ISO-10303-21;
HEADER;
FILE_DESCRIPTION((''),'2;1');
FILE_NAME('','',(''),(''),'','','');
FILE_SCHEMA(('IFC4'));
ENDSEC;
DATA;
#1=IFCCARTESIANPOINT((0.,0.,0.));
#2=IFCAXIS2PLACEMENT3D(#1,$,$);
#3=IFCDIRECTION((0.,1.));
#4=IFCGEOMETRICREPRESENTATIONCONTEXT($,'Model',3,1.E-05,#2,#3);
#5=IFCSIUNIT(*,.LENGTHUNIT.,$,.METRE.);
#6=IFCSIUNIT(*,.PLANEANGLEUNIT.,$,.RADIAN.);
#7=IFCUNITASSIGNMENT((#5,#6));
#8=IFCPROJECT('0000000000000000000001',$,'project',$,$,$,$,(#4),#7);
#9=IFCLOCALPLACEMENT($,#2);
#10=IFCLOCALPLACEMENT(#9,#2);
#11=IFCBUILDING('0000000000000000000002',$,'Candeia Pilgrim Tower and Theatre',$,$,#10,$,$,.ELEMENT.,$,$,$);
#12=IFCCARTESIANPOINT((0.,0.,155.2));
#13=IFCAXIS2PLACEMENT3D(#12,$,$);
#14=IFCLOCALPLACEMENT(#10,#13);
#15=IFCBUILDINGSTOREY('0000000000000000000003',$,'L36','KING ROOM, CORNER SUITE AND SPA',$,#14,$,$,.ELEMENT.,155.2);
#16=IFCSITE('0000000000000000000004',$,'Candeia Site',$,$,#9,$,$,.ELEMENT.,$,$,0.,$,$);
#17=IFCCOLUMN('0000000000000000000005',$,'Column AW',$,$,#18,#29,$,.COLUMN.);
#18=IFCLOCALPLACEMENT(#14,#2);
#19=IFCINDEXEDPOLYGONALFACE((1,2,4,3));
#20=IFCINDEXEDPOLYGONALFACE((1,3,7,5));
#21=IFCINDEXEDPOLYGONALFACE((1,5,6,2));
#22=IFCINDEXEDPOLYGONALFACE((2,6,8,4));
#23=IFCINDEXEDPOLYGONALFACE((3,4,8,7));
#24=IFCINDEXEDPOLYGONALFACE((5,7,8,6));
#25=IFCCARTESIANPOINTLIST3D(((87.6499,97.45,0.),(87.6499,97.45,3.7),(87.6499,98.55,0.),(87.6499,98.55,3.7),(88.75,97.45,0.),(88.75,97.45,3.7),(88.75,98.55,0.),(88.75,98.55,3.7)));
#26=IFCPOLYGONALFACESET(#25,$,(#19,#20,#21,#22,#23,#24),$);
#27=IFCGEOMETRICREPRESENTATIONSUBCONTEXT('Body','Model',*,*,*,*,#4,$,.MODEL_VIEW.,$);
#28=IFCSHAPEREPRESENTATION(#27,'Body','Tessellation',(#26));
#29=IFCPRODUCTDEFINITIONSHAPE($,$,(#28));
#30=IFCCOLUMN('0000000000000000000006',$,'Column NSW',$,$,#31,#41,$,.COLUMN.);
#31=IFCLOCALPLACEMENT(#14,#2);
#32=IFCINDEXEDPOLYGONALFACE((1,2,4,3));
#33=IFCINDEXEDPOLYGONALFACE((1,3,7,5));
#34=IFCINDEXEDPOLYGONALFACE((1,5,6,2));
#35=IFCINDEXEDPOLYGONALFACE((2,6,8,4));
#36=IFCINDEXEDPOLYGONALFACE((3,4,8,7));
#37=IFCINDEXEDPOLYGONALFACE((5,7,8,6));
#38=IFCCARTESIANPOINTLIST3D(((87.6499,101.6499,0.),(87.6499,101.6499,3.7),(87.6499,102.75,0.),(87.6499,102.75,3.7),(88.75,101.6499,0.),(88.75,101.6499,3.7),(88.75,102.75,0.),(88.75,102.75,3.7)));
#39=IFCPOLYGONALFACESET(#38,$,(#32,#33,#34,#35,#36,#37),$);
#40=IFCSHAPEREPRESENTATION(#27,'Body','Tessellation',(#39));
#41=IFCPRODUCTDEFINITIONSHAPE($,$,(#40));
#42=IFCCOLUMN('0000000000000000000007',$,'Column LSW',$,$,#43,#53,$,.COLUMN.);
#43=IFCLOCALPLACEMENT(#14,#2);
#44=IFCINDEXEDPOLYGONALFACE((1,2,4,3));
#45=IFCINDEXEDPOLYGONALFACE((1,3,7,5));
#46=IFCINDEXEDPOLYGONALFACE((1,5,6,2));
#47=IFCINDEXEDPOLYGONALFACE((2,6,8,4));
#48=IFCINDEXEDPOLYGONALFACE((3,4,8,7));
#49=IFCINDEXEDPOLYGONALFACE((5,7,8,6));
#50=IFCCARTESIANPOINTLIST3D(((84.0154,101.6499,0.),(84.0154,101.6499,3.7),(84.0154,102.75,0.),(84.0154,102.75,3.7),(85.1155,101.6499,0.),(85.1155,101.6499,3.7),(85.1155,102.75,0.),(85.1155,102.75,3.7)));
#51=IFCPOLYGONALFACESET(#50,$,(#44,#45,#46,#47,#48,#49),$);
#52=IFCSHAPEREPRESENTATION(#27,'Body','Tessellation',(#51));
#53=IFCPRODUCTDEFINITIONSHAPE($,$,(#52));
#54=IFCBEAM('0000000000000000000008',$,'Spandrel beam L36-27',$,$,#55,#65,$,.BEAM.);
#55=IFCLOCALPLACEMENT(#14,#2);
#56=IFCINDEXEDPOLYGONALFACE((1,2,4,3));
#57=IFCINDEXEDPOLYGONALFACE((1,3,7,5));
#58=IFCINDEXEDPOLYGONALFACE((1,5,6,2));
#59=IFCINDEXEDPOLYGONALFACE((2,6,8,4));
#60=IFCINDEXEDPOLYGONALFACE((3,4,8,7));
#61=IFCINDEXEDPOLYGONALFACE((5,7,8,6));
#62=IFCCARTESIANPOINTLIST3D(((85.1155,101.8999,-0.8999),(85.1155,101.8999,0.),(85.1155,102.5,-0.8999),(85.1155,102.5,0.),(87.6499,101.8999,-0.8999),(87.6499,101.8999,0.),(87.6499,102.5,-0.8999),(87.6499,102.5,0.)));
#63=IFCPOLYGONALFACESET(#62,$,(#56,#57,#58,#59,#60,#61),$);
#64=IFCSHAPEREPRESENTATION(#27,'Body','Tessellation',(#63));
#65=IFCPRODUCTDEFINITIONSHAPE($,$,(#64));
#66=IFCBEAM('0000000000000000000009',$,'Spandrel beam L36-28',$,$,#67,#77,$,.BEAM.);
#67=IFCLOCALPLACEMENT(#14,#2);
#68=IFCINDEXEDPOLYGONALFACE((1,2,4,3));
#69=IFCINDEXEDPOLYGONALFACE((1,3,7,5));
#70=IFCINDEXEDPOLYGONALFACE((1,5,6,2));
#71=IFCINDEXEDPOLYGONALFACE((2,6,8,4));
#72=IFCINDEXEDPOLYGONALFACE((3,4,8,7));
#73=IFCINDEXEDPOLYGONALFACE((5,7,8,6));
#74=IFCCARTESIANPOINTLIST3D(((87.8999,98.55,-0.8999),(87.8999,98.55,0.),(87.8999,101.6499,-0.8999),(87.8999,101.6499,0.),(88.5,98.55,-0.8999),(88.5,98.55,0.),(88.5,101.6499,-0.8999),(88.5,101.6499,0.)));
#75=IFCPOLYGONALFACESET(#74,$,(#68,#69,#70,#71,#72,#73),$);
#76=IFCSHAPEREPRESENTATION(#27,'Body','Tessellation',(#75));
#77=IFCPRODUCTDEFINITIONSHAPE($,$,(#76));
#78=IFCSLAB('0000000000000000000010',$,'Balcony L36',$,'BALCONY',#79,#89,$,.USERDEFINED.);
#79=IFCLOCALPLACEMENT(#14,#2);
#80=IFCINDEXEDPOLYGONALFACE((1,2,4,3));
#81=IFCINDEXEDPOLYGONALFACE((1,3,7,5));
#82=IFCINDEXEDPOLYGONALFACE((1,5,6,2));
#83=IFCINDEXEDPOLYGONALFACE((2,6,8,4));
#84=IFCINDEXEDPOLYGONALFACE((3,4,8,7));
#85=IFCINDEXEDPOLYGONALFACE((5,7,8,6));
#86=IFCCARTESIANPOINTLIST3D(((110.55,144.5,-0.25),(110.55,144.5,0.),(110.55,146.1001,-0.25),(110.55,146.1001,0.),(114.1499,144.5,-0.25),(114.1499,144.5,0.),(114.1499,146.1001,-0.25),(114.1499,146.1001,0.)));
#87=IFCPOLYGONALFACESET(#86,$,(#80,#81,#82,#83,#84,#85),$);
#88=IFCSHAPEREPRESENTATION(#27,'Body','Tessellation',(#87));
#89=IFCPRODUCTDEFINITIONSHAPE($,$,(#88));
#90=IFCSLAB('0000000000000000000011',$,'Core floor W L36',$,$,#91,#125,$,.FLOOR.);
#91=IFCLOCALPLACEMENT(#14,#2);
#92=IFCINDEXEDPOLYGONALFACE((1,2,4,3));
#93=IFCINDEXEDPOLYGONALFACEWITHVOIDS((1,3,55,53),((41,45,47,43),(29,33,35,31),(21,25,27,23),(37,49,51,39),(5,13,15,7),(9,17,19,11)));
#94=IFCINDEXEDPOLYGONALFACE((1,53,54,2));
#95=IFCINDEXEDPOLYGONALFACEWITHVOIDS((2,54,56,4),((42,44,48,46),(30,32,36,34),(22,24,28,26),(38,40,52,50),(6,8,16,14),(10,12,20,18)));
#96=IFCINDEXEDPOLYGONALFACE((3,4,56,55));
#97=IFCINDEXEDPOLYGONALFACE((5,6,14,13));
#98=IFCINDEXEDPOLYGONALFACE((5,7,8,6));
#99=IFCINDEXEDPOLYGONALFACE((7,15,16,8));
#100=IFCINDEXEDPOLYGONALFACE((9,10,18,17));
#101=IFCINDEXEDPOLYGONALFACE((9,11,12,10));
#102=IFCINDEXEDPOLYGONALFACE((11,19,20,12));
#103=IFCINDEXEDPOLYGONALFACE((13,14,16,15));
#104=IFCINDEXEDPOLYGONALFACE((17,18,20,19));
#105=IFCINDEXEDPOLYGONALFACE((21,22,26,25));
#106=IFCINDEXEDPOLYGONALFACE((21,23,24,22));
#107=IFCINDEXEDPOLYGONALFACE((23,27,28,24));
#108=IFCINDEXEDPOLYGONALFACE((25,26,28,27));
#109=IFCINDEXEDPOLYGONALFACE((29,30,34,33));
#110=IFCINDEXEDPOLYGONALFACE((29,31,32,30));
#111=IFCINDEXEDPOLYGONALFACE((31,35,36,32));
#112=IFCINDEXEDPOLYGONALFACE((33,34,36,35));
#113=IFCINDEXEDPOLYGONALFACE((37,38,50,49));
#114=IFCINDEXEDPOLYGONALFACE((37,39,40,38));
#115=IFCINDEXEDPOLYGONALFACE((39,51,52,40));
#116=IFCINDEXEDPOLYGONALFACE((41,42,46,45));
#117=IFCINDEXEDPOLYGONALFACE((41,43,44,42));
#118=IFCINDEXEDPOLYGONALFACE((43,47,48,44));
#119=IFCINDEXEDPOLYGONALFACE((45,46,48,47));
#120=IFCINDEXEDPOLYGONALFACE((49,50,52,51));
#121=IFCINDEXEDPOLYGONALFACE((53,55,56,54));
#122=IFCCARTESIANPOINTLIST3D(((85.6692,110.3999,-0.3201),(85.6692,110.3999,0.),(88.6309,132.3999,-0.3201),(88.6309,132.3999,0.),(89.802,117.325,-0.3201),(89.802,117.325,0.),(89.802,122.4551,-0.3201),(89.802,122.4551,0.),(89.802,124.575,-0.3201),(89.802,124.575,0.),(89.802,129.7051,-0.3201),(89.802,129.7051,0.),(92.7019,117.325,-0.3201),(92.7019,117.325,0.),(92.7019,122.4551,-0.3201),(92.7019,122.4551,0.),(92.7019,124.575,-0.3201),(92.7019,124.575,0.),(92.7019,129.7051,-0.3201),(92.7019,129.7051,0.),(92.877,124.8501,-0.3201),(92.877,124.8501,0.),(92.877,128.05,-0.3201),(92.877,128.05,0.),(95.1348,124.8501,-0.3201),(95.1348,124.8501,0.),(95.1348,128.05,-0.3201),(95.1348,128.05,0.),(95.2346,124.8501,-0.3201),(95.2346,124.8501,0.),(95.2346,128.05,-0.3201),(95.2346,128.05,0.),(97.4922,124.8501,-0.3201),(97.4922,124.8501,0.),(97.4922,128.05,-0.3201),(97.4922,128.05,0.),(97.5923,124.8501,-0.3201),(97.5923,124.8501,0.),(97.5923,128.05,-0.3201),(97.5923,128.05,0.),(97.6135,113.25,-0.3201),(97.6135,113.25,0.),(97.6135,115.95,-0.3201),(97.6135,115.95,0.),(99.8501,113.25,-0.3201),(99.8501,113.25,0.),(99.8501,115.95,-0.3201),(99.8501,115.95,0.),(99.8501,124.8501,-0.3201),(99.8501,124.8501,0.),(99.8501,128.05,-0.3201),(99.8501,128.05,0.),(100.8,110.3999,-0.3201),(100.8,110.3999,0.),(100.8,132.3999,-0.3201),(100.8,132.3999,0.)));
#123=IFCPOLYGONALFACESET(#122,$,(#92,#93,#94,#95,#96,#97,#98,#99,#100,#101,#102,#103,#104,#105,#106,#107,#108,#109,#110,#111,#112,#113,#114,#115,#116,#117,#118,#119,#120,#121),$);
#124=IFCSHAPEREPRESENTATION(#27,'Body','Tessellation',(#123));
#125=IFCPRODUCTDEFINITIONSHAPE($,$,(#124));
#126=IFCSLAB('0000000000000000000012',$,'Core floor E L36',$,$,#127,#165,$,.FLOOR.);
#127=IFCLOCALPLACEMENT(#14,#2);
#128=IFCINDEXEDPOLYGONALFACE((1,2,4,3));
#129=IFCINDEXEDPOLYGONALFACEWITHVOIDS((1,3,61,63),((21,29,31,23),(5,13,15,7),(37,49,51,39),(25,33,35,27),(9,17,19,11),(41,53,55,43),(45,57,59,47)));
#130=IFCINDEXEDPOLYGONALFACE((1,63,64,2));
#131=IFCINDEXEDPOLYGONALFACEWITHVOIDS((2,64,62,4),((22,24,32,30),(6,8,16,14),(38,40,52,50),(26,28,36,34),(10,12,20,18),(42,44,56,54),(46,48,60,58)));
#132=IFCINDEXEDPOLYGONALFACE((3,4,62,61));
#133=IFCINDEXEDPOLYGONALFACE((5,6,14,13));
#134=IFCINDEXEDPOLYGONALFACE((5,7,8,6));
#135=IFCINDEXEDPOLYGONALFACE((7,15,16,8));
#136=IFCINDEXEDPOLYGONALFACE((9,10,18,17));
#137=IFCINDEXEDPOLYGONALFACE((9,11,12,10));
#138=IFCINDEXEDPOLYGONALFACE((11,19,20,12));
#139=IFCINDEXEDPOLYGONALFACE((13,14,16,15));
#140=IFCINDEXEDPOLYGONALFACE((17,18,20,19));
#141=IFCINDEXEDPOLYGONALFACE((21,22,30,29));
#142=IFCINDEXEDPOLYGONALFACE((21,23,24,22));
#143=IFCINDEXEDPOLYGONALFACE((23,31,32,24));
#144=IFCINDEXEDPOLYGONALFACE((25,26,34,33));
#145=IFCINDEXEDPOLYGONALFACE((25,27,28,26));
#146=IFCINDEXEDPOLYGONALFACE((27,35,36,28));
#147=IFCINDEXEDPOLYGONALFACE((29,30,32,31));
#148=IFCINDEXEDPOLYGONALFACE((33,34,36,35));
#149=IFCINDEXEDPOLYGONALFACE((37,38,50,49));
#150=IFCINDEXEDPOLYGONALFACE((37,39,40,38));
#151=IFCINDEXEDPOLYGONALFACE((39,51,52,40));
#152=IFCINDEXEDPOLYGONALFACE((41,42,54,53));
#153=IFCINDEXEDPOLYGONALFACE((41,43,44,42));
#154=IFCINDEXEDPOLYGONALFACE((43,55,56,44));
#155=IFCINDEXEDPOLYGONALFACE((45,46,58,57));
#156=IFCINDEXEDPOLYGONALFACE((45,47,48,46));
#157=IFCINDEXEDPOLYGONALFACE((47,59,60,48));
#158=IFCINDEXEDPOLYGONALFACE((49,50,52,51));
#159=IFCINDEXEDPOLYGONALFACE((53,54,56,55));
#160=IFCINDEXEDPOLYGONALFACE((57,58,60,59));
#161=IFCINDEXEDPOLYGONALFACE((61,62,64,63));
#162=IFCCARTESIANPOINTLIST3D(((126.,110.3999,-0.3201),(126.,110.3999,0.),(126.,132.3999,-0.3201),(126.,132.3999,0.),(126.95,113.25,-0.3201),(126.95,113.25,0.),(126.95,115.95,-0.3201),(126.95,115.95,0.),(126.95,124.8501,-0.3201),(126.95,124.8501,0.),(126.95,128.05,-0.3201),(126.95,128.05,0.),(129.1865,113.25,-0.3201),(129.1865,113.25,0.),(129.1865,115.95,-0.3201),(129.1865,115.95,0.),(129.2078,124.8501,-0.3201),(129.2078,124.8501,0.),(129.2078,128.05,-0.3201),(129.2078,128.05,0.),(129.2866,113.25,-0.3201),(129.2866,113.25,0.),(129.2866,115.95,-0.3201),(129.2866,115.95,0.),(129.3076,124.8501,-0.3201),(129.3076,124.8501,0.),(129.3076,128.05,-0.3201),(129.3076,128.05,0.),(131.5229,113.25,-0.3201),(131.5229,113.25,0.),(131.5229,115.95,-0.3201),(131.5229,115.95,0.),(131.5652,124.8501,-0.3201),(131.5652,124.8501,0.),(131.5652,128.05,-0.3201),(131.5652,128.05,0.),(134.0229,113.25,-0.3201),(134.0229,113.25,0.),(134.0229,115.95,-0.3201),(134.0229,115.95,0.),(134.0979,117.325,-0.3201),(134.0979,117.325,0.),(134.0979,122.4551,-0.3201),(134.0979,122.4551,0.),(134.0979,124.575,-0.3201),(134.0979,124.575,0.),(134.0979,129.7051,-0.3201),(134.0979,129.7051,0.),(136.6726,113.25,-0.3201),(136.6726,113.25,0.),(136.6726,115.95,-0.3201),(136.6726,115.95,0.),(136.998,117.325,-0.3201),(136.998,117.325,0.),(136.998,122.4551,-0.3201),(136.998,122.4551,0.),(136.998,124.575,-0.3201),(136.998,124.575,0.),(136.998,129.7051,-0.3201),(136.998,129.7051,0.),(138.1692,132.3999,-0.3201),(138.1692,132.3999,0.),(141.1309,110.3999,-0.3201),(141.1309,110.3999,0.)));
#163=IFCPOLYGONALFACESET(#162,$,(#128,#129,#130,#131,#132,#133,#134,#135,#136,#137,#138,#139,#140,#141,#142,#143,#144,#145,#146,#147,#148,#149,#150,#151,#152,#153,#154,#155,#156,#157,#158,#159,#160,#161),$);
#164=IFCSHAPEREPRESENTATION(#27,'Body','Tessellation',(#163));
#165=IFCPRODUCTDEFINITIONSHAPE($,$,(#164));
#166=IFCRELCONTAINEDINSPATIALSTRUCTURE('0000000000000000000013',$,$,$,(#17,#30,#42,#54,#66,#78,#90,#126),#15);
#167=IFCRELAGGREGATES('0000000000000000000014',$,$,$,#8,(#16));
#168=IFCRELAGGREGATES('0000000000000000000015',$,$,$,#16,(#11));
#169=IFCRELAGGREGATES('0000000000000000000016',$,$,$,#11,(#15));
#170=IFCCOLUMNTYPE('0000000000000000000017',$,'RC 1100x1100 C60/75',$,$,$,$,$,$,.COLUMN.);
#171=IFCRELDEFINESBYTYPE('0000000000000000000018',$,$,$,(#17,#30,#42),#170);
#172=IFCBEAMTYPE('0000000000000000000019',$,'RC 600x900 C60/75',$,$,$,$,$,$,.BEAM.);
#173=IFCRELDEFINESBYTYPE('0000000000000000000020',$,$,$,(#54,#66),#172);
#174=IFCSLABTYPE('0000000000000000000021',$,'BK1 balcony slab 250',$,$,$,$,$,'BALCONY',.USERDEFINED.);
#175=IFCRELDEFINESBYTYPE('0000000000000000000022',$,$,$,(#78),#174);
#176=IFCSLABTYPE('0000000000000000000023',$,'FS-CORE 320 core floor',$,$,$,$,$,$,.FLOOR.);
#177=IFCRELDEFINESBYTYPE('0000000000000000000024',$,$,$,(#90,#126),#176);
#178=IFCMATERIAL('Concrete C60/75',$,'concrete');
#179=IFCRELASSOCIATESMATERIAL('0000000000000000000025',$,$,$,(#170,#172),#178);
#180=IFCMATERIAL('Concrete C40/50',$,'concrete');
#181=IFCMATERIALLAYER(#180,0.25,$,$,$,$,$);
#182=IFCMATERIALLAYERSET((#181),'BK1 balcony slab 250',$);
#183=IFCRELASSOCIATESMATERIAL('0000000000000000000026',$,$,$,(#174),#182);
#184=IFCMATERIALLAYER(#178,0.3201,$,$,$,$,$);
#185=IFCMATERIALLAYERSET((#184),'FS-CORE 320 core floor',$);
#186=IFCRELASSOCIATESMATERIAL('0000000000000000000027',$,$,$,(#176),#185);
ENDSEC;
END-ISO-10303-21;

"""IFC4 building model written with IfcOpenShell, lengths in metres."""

from ifc_helpers import new_model, si_unit, direction, frame, origin, origin_2d, place, context, subcontext, project, spatial, polyline, rectangle, outline, extrude, material, layer, layer_set, material_profile, profile_set, type_object, element, save


model = new_model("IFC4")

# Units and contexts
model_context = context("Model", 3, precision=1e-05, world=origin(), true_north=direction((0.0, 1.0)))
body_context = subcontext(model_context, "Body", "Model", "MODEL_VIEW")
ifc_project = project(units=[si_unit("LENGTHUNIT", "METRE"), si_unit("PLANEANGLEUNIT", "RADIAN")], contexts=[model_context])

# Site, building, storey
site_placement = place(None, origin())
site = spatial("IfcSite", under=ifc_project, at=site_placement, Name="Candeia Site", CompositionType="ELEMENT", RefElevation=0.0)
building_placement = place(site_placement, origin())
building = spatial("IfcBuilding", under=site, at=building_placement, Name="Candeia Pilgrim Tower and Theatre", CompositionType="ELEMENT")
storey_placement = place(building_placement, frame((0.0, 0.0, 155.2)))
storey = spatial("IfcBuildingStorey", under=building, at=storey_placement, Name="L36", Description="KING ROOM, CORNER SUITE AND SPA", CompositionType="ELEMENT", Elevation=155.2)

# Columns
ifc_material_1 = material(Name="Concrete C60/75", Category="concrete")
ifc_material_profile_1 = material_profile(ifc_material_1, rectangle(XDim=1.1001, YDim=1.1001, at=origin_2d()))
ifc_profile_set_1 = profile_set([ifc_material_profile_1], Name="Concrete C60/75")
column_type = type_object("IfcColumnType", Name="RC 1100x1100 C60/75", PredefinedType="COLUMN", material=ifc_profile_set_1)
for number, where, z_axis, x_axis, name in (
    (1, (88.2, 98.0, 0.0), (0.0, 0.0, 1.0), (1.0, 0.0, 0.0), "Column AW"),
    (2, (88.2, 102.2, 0.0), (0.0, 0.0, 1.0), (1.0, 0.0, 0.0), "Column NSW"),
    (3, (84.5654, 102.2, 0.0), (0.0, 0.0, 1.0), (1.0, 0.0, 0.0), "Column LSW"),
):
    element("IfcColumn", number, at=place(storey_placement, frame(where, z_axis=z_axis, x_axis=x_axis)), inside=storey, type_object=column_type, Name=name, PredefinedType="COLUMN", context=body_context, shape_type="SweptSolid", body=[
        extrude(rectangle(XDim=1.1001, YDim=1.1001, at=origin_2d()), origin(), (0.0, 0.0, 1.0), 3.7),
    ])

# Beams
ifc_material_profile_2 = material_profile(ifc_material_1, rectangle(XDim=0.6001, YDim=0.8999, at=origin_2d()))
ifc_profile_set_2 = profile_set([ifc_material_profile_2], Name="Concrete C60/75")
beam_type = type_object("IfcBeamType", Name="RC 600x900 C60/75", PredefinedType="BEAM", material=ifc_profile_set_2)
beam_1_placement = place(storey_placement, frame((85.1155, 102.2, -0.45), z_axis=(1.0, 0.0, 0.0), x_axis=(0.0, 1.0, 0.0)))
element("IfcBeam", 4, at=beam_1_placement, inside=storey, type_object=beam_type, Name="Spandrel beam L36-27", PredefinedType="BEAM", context=body_context, shape_type="SweptSolid", body=[
    extrude(rectangle(XDim=0.6001, YDim=0.8999, at=origin_2d()), origin(), (0.0, 0.0, 1.0), 2.5344),
])
beam_2_placement = place(storey_placement, frame((88.2, 101.6499, -0.45), z_axis=(0.0, -1.0, 0.0), x_axis=(1.0, 0.0, 0.0)))
element("IfcBeam", 5, at=beam_2_placement, inside=storey, type_object=beam_type, Name="Spandrel beam L36-28", PredefinedType="BEAM", context=body_context, shape_type="SweptSolid", body=[
    extrude(rectangle(XDim=0.6001, YDim=0.8999, at=origin_2d()), origin(), (0.0, 0.0, 1.0), 3.0999),
])

# Slabs
ifc_material_2 = material(Name="Concrete C40/50", Category="concrete")
ifc_layer_1 = layer(ifc_material_2, 0.25)
ifc_layer_set_1 = layer_set([ifc_layer_1], Name="BK1 balcony slab 250")
slab_type_1 = type_object("IfcSlabType", Name="BK1 balcony slab 250", ElementType="BALCONY", PredefinedType="USERDEFINED", material=ifc_layer_set_1)
slab_1_placement = place(storey_placement, frame((0.0, 0.0, -0.25)))
element("IfcSlab", 6, at=slab_1_placement, inside=storey, type_object=slab_type_1, Name="Balcony L36", ObjectType="BALCONY", PredefinedType="USERDEFINED", context=body_context, shape_type="SweptSolid", body=[
    extrude(outline(polyline([(110.55, 144.5), (114.1499, 144.5), (114.1499, 146.1001), (110.55, 146.1001), (110.55, 144.5)])), origin(), (0.0, 0.0, 1.0), 0.25),
])
ifc_layer_2 = layer(ifc_material_1, 0.3201)
ifc_layer_set_2 = layer_set([ifc_layer_2], Name="FS-CORE 320 core floor")
slab_type_2 = type_object("IfcSlabType", Name="FS-CORE 320 core floor", PredefinedType="FLOOR", material=ifc_layer_set_2)
slab_2_placement = place(storey_placement, frame((0.0, 0.0, -0.3201)))
element("IfcSlab", 7, at=slab_2_placement, inside=storey, type_object=slab_type_2, Name="Core floor W L36", PredefinedType="FLOOR", context=body_context, shape_type="SweptSolid", body=[
    extrude(outline(polyline([(100.8, 132.3999), (100.8, 110.3999), (85.6692, 110.3999), (88.6309, 132.3999), (100.8, 132.3999)]), holes=[polyline([(97.5923, 128.05), (97.5923, 124.8501), (99.8501, 124.8501), (99.8501, 128.05), (97.5923, 128.05)]), polyline([(97.6135, 113.25), (99.8501, 113.25), (99.8501, 115.95), (97.6135, 115.95), (97.6135, 113.25)]), polyline([(95.2346, 124.8501), (97.4922, 124.8501), (97.4922, 128.05), (95.2346, 128.05), (95.2346, 124.8501)]), polyline([(92.877, 128.05), (92.877, 124.8501), (95.1348, 124.8501), (95.1348, 128.05), (92.877, 128.05)]), polyline([(89.802, 122.4551), (89.802, 117.325), (92.7019, 117.325), (92.7019, 122.4551), (89.802, 122.4551)]), polyline([(89.802, 129.7051), (89.802, 124.575), (92.7019, 124.575), (92.7019, 129.7051), (89.802, 129.7051)])]), origin(), (0.0, 0.0, 1.0), 0.3201),
])
slab_3_placement = place(storey_placement, frame((0.0, 0.0, -0.3201)))
element("IfcSlab", 8, at=slab_3_placement, inside=storey, type_object=slab_type_2, Name="Core floor E L36", PredefinedType="FLOOR", context=body_context, shape_type="SweptSolid", body=[
    extrude(outline(polyline([(138.1692, 132.3999), (141.1309, 110.3999), (126.0, 110.3999), (126.0, 132.3999), (138.1692, 132.3999)]), holes=[polyline([(134.0979, 122.4551), (134.0979, 117.325), (136.998, 117.325), (136.998, 122.4551), (134.0979, 122.4551)]), polyline([(134.0979, 129.7051), (134.0979, 124.575), (136.998, 124.575), (136.998, 129.7051), (134.0979, 129.7051)]), polyline([(136.6726, 115.95), (134.0229, 115.95), (134.0229, 113.25), (136.6726, 113.25), (136.6726, 115.95)]), polyline([(131.5652, 128.05), (129.3076, 128.05), (129.3076, 124.8501), (131.5652, 124.8501), (131.5652, 128.05)]), polyline([(131.5229, 115.95), (129.2866, 115.95), (129.2866, 113.25), (131.5229, 113.25), (131.5229, 115.95)]), polyline([(129.2078, 128.05), (126.95, 128.05), (126.95, 124.8501), (129.2078, 124.8501), (129.2078, 128.05)]), polyline([(126.95, 115.95), (126.95, 113.25), (129.1865, 113.25), (129.1865, 115.95), (126.95, 115.95)])]), origin(), (0.0, 0.0, 1.0), 0.3201),
])

save(model, "model.ifc")
